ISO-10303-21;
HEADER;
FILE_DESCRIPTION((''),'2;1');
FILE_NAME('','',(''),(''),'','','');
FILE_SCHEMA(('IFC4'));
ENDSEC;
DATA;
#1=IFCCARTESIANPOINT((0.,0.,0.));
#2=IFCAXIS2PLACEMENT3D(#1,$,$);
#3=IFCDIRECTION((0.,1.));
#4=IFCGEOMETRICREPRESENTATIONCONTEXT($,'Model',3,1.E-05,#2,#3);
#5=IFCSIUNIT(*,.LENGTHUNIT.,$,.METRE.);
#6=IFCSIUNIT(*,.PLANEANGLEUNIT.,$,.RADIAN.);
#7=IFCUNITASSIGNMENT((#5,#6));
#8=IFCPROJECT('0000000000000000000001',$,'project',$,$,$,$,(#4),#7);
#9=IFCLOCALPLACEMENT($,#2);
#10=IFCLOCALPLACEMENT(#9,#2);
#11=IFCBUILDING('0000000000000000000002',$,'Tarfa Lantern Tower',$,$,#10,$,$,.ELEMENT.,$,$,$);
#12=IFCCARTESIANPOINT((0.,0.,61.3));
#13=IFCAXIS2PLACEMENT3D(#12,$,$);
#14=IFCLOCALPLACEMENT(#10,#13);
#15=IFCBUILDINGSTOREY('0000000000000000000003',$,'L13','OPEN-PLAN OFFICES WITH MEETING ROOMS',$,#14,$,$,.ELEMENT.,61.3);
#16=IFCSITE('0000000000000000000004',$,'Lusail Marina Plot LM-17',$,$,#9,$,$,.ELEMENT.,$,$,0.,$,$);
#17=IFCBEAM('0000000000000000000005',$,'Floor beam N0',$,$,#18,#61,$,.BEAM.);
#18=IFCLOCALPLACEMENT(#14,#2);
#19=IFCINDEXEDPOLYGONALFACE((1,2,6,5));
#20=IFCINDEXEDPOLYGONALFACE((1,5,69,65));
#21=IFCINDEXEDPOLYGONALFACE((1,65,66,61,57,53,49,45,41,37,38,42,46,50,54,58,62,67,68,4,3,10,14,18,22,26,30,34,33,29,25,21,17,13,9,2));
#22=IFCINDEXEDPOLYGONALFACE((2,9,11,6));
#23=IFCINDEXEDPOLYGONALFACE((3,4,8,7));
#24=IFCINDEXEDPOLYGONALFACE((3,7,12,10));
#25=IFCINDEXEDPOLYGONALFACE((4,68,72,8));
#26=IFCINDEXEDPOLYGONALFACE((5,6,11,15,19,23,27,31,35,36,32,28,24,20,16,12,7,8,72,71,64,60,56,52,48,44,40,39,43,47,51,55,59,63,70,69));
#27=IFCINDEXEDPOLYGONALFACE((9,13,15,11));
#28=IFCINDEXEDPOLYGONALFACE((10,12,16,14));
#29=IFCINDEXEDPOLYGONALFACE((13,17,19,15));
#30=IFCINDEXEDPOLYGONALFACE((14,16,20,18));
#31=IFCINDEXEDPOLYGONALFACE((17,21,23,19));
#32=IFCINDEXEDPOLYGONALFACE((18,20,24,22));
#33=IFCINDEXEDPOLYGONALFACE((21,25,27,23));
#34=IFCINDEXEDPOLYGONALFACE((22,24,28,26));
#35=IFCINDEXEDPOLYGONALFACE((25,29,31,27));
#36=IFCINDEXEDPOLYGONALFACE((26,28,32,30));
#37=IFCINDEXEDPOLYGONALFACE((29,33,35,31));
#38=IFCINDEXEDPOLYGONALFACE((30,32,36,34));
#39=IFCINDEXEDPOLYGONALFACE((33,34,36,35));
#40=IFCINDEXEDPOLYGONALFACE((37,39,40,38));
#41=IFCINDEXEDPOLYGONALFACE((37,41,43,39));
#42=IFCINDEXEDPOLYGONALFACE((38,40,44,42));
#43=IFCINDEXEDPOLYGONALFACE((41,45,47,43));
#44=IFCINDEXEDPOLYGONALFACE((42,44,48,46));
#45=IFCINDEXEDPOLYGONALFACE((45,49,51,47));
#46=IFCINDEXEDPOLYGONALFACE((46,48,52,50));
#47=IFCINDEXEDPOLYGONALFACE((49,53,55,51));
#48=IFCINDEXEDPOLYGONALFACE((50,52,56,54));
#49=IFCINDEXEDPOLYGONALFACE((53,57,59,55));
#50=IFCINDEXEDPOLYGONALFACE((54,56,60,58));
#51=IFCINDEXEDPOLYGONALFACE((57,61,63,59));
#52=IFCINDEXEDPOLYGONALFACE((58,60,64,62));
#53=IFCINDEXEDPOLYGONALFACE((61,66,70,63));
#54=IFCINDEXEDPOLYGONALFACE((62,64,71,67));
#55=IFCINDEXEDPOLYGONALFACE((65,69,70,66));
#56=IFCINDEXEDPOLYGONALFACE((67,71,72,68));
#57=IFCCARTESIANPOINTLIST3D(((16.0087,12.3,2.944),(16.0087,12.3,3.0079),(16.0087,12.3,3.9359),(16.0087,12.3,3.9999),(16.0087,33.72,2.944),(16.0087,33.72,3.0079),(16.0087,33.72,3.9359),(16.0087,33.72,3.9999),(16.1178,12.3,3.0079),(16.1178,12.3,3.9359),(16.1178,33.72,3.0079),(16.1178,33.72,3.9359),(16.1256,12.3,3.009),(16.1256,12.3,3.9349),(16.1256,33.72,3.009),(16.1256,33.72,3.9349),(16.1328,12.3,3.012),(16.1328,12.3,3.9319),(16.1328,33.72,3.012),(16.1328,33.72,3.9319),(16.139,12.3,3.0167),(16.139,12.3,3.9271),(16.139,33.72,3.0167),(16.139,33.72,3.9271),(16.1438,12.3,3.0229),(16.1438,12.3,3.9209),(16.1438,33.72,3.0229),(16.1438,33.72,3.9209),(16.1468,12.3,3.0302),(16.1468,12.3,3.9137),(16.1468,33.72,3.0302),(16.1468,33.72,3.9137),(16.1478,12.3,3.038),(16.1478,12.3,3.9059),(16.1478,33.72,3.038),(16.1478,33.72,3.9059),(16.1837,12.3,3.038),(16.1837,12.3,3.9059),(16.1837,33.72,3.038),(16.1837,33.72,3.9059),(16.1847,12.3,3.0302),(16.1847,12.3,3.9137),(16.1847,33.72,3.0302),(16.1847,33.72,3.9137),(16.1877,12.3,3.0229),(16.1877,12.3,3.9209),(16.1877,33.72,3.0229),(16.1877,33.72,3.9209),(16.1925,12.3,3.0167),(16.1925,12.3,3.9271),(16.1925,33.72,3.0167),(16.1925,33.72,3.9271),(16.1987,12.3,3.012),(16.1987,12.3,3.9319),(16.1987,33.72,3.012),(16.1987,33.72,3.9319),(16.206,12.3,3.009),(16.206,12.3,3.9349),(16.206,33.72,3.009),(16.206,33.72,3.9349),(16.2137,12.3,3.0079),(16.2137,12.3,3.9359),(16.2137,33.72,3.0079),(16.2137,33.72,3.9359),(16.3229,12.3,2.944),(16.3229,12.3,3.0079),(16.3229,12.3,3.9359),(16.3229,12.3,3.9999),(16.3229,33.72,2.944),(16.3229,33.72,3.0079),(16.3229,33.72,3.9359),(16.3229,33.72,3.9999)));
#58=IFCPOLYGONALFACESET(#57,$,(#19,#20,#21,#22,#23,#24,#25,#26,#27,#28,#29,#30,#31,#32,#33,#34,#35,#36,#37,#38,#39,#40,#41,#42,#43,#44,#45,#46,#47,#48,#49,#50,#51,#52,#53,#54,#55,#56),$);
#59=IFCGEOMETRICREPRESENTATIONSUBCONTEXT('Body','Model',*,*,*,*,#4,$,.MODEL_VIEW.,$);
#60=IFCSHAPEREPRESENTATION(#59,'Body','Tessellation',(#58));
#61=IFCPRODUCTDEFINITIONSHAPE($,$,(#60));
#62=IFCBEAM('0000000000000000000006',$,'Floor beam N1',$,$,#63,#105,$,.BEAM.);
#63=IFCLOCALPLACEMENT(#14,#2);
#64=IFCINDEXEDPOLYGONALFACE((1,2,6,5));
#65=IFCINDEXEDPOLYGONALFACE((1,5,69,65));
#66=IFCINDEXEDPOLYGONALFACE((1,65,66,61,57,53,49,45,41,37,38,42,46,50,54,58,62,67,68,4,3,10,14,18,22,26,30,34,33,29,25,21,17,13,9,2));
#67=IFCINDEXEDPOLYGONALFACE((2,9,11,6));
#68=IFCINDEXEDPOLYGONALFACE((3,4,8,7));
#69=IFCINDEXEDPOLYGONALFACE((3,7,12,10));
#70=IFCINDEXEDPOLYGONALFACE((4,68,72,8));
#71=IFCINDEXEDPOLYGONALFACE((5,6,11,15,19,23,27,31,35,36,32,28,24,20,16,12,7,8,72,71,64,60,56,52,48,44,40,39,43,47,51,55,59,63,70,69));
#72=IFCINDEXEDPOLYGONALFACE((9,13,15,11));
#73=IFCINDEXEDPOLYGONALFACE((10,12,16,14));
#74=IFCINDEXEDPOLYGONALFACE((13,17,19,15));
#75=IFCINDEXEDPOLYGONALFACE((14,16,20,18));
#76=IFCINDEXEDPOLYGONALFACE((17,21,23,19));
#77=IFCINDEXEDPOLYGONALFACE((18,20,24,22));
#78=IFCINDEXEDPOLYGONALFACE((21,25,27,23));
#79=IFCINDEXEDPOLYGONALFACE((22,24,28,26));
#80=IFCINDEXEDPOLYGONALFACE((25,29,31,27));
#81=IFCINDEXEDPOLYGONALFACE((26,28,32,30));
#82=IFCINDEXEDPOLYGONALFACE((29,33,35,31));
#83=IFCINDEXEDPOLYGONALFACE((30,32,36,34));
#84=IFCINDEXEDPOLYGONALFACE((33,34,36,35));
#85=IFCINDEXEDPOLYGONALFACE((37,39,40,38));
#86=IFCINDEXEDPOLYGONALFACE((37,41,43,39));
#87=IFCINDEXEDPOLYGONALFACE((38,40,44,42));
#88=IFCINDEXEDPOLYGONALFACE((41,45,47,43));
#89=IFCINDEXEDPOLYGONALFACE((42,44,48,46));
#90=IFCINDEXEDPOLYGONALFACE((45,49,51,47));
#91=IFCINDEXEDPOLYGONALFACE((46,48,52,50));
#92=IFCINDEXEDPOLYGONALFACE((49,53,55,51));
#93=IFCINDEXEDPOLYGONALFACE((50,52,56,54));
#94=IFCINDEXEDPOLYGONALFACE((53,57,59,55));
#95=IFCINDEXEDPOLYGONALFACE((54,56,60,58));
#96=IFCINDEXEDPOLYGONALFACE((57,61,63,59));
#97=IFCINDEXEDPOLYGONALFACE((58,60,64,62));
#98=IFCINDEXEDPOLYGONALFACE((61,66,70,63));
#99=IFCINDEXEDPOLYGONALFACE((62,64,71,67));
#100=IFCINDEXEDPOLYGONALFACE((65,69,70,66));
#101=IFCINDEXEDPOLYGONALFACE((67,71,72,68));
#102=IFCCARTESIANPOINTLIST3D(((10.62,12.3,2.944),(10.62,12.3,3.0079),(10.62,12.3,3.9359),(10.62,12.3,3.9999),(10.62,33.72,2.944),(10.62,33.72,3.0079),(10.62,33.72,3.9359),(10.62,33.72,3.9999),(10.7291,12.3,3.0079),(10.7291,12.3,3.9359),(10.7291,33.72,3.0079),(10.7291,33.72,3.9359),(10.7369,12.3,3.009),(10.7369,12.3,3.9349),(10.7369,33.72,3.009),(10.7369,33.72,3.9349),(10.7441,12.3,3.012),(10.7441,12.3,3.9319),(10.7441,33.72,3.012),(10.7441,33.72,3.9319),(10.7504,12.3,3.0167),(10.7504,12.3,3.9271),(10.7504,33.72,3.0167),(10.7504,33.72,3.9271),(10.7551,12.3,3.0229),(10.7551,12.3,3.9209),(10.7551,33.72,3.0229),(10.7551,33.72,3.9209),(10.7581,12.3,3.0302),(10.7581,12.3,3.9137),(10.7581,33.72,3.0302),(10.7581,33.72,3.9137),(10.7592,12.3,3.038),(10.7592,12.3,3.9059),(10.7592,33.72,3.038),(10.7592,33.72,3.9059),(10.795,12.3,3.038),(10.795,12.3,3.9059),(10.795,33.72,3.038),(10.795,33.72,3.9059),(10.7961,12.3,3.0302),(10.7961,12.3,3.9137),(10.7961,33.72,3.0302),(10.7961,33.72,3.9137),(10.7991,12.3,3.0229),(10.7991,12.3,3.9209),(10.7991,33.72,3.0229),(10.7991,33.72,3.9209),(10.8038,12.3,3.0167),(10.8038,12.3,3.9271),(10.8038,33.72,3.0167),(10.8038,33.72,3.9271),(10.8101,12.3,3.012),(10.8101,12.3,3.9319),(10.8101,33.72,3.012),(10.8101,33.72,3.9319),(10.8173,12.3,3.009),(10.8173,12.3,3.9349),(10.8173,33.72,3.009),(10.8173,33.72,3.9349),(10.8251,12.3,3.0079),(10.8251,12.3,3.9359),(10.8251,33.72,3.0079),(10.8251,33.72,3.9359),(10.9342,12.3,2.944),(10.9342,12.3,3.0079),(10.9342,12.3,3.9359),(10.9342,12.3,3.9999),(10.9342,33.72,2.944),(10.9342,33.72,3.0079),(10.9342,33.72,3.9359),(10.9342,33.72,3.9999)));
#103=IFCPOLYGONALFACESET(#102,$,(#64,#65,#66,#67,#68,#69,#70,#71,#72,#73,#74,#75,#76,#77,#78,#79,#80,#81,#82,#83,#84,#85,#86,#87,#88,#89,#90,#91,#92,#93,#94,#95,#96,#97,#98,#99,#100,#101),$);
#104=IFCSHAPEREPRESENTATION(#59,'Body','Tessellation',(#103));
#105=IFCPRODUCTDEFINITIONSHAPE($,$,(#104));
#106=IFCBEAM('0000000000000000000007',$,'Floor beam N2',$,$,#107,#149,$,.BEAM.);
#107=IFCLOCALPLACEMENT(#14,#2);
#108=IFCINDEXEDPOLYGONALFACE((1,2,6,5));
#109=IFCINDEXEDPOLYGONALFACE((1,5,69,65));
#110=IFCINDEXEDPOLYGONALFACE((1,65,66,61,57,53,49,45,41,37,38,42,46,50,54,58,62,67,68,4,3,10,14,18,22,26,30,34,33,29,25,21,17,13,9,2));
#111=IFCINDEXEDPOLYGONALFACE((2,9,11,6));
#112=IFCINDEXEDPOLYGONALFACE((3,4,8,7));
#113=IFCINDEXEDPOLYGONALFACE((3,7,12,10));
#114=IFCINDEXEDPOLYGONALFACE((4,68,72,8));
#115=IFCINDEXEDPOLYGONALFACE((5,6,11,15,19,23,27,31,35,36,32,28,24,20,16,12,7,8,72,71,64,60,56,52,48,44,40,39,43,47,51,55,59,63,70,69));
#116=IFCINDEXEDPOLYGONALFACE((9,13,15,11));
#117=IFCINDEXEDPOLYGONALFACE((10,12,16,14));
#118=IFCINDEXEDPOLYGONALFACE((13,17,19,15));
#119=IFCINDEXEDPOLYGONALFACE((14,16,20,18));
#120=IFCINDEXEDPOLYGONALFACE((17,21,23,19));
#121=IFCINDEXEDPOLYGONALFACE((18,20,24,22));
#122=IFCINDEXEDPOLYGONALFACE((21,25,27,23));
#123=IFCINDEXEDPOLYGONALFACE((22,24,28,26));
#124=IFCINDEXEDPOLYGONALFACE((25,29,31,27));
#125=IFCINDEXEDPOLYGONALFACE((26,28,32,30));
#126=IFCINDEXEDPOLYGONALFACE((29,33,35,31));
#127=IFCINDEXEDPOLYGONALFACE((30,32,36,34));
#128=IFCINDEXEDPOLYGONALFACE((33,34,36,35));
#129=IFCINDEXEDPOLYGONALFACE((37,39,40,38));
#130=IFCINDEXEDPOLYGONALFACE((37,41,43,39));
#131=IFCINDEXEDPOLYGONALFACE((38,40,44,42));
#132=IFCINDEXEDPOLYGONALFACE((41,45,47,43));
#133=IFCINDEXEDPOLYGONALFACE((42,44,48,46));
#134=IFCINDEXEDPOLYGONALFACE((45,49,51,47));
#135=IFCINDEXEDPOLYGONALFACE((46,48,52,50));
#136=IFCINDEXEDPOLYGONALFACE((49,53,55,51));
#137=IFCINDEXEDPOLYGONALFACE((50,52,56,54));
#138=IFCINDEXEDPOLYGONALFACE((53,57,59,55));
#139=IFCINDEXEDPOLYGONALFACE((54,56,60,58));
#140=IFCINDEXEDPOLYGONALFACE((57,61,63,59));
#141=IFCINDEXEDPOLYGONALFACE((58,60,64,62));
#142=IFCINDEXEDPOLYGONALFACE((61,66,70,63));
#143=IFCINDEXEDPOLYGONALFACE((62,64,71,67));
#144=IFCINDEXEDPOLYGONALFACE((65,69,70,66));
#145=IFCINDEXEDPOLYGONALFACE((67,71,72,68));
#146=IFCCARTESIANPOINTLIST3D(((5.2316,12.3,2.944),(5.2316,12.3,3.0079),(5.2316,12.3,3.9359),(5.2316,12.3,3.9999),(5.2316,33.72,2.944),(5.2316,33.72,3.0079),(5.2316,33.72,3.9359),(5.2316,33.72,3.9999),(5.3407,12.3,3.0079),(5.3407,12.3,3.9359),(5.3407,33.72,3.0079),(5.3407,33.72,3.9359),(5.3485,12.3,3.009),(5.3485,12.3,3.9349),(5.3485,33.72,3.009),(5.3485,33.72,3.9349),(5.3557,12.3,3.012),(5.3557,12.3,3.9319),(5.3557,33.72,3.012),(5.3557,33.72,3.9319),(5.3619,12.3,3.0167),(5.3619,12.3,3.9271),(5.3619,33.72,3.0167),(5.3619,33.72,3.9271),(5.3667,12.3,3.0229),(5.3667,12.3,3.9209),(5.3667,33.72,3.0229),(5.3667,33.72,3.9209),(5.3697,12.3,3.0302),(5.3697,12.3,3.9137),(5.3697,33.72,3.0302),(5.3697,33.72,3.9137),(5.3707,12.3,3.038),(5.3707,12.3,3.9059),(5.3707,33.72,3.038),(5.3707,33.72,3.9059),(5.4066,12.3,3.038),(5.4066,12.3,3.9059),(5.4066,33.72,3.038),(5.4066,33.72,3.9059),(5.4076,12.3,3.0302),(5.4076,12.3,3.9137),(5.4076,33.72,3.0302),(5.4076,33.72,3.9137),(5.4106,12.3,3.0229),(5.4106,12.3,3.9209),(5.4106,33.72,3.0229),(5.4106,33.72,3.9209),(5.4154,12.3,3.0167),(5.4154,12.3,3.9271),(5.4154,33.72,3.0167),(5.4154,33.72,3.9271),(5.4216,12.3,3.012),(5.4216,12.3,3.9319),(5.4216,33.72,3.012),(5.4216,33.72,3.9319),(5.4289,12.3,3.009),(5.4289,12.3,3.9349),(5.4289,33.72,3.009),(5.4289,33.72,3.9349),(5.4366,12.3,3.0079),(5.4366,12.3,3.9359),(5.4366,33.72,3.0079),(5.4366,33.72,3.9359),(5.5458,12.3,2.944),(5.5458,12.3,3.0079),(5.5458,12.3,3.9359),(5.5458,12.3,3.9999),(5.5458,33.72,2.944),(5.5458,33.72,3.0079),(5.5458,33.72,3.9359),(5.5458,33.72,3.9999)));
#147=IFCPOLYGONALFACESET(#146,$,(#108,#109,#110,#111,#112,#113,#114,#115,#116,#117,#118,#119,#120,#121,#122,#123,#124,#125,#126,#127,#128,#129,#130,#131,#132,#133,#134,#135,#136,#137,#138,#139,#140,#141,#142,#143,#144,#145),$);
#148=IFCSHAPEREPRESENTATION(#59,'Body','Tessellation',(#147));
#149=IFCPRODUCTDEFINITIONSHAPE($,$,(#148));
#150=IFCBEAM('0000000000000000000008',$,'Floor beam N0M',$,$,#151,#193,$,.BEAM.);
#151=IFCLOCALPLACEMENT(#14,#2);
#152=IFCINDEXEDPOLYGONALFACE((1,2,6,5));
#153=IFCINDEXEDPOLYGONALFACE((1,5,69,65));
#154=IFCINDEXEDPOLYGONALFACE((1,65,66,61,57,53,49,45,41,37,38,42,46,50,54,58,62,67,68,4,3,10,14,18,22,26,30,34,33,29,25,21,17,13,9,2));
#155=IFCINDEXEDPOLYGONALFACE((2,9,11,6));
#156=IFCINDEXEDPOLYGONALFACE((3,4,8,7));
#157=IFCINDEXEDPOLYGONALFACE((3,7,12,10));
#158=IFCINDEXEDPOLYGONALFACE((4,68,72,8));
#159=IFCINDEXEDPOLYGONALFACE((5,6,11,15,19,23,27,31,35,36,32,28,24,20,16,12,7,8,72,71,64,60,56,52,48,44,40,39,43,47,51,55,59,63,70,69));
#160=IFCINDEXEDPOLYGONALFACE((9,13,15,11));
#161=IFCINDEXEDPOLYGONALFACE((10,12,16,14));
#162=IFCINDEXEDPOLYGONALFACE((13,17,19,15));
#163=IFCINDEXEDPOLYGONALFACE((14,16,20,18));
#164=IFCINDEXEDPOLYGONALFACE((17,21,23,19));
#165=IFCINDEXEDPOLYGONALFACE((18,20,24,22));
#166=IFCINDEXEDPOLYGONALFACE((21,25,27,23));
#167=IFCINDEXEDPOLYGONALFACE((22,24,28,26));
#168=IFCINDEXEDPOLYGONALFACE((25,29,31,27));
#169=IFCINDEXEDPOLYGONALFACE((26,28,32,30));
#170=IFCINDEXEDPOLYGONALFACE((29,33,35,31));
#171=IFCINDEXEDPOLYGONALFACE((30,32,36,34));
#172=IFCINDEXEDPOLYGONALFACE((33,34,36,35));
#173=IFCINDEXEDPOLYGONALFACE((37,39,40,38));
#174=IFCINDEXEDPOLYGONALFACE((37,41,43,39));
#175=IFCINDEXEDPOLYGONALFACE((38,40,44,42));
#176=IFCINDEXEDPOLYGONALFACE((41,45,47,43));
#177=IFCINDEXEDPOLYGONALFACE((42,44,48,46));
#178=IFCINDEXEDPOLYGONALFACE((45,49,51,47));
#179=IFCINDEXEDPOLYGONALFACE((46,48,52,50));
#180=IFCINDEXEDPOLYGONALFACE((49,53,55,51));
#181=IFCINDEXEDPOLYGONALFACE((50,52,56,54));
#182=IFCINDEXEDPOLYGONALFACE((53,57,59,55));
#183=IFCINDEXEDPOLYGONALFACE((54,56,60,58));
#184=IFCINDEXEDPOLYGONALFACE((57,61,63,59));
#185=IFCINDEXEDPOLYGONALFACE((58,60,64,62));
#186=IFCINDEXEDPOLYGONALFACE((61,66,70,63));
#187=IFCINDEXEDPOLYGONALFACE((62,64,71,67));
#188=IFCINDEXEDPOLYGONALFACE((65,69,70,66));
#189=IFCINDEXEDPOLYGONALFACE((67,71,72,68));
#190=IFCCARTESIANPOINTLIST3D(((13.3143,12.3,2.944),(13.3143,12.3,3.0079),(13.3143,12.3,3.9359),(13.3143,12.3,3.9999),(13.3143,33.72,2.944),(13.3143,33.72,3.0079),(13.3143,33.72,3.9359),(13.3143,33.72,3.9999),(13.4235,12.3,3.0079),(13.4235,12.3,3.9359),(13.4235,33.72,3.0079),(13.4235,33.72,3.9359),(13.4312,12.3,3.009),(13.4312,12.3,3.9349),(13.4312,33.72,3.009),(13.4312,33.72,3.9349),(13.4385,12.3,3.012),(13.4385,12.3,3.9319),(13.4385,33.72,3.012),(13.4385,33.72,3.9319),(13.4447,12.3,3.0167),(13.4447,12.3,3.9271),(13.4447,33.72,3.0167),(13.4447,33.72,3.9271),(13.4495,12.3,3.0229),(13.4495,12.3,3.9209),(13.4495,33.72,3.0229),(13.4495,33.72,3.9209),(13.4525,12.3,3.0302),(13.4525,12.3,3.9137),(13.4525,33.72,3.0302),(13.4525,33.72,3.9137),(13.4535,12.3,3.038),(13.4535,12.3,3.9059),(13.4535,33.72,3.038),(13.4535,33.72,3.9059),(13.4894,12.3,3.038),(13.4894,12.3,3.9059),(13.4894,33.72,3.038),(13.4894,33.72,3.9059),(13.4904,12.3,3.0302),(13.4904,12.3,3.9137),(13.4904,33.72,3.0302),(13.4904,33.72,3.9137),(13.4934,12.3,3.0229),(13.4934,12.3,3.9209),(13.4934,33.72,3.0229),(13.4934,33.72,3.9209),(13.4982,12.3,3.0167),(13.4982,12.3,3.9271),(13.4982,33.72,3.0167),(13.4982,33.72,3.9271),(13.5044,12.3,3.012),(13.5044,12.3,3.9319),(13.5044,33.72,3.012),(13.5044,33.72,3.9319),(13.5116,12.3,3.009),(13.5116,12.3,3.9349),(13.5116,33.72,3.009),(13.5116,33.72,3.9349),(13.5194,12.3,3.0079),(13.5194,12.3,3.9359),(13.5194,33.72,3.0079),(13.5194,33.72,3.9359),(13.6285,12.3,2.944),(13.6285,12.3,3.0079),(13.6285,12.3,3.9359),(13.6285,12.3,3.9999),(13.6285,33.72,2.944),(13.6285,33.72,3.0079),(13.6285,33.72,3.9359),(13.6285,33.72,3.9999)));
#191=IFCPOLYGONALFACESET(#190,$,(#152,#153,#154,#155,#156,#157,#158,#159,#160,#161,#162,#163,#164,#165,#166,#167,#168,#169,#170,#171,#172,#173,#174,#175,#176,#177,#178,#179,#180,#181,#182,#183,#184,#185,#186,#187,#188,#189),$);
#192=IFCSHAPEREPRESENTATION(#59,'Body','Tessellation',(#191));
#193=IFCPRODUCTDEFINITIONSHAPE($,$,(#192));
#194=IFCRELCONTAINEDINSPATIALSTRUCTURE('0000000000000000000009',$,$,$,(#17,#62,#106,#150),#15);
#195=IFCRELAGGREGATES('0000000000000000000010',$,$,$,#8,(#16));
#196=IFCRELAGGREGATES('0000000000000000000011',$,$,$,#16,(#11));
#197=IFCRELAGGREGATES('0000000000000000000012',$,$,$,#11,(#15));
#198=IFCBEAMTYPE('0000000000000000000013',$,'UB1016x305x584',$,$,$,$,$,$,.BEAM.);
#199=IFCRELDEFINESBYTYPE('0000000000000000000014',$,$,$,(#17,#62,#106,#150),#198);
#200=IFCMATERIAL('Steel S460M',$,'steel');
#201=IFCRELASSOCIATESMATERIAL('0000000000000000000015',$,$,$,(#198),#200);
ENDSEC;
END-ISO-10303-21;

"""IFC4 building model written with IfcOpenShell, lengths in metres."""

from ifc_helpers import new_model, si_unit, direction, frame, origin, origin_2d, place, context, subcontext, project, spatial, i_section, extrude, material, material_profile, profile_set, type_object, element, save


model = new_model("IFC4")

# Units and contexts
model_context = context("Model", 3, precision=1e-05, world=origin(), true_north=direction((0.0, 1.0)))
body_context = subcontext(model_context, "Body", "Model", "MODEL_VIEW")
ifc_project = project(units=[si_unit("LENGTHUNIT", "METRE"), si_unit("PLANEANGLEUNIT", "RADIAN")], contexts=[model_context])

# Site, building, storey
site_placement = place(None, origin())
site = spatial("IfcSite", under=ifc_project, at=site_placement, Name="Lusail Marina Plot LM-17", CompositionType="ELEMENT", RefElevation=0.0)
building_placement = place(site_placement, origin())
building = spatial("IfcBuilding", under=site, at=building_placement, Name="Tarfa Lantern Tower", CompositionType="ELEMENT")
storey_placement = place(building_placement, frame((0.0, 0.0, 61.3)))
storey = spatial("IfcBuildingStorey", under=building, at=storey_placement, Name="L13", Description="OPEN-PLAN OFFICES WITH MEETING ROOMS", CompositionType="ELEMENT", Elevation=61.3)

# Beams
ifc_material_1 = material(Name="Steel S460M", Category="steel")
ifc_material_profile_1 = material_profile(ifc_material_1, i_section(OverallWidth=0.3142, OverallDepth=1.0559, WebThickness=0.0359, FlangeThickness=0.064, FilletRadius=0.03, at=origin_2d()), Name="UB1016x305x584")
ifc_profile_set_1 = profile_set([ifc_material_profile_1], Name="Steel S460M")
beam_type_1 = type_object("IfcBeamType", Name="UB1016x305x584", PredefinedType="BEAM", material=ifc_profile_set_1)
for number, where, z_axis, x_axis, name in (
    (1, (16.1658, 33.72, 3.4719), (0.0, -1.0, 0.0), (1.0, 0.0, 0.0), "Floor beam N0"),
    (2, (10.7771, 33.72, 3.4719), (0.0, -1.0, 0.0), (1.0, 0.0, 0.0), "Floor beam N1"),
    (3, (5.3887, 33.72, 3.4719), (0.0, -1.0, 0.0), (1.0, 0.0, 0.0), "Floor beam N2"),
    (4, (13.4714, 33.72, 3.4719), (0.0, -1.0, 0.0), (1.0, 0.0, 0.0), "Floor beam N0M"),
):
    element("IfcBeam", number, at=place(storey_placement, frame(where, z_axis=z_axis, x_axis=x_axis)), inside=storey, type_object=beam_type_1, Name=name, PredefinedType="BEAM", context=body_context, shape_type="SweptSolid", body=[
        extrude(i_section(OverallWidth=0.3142, OverallDepth=1.0559, WebThickness=0.0359, FlangeThickness=0.064, FilletRadius=0.03, at=origin_2d()), origin(), (0.0, 0.0, 1.0), 21.4199),
    ])

save(model, "model.ifc")
